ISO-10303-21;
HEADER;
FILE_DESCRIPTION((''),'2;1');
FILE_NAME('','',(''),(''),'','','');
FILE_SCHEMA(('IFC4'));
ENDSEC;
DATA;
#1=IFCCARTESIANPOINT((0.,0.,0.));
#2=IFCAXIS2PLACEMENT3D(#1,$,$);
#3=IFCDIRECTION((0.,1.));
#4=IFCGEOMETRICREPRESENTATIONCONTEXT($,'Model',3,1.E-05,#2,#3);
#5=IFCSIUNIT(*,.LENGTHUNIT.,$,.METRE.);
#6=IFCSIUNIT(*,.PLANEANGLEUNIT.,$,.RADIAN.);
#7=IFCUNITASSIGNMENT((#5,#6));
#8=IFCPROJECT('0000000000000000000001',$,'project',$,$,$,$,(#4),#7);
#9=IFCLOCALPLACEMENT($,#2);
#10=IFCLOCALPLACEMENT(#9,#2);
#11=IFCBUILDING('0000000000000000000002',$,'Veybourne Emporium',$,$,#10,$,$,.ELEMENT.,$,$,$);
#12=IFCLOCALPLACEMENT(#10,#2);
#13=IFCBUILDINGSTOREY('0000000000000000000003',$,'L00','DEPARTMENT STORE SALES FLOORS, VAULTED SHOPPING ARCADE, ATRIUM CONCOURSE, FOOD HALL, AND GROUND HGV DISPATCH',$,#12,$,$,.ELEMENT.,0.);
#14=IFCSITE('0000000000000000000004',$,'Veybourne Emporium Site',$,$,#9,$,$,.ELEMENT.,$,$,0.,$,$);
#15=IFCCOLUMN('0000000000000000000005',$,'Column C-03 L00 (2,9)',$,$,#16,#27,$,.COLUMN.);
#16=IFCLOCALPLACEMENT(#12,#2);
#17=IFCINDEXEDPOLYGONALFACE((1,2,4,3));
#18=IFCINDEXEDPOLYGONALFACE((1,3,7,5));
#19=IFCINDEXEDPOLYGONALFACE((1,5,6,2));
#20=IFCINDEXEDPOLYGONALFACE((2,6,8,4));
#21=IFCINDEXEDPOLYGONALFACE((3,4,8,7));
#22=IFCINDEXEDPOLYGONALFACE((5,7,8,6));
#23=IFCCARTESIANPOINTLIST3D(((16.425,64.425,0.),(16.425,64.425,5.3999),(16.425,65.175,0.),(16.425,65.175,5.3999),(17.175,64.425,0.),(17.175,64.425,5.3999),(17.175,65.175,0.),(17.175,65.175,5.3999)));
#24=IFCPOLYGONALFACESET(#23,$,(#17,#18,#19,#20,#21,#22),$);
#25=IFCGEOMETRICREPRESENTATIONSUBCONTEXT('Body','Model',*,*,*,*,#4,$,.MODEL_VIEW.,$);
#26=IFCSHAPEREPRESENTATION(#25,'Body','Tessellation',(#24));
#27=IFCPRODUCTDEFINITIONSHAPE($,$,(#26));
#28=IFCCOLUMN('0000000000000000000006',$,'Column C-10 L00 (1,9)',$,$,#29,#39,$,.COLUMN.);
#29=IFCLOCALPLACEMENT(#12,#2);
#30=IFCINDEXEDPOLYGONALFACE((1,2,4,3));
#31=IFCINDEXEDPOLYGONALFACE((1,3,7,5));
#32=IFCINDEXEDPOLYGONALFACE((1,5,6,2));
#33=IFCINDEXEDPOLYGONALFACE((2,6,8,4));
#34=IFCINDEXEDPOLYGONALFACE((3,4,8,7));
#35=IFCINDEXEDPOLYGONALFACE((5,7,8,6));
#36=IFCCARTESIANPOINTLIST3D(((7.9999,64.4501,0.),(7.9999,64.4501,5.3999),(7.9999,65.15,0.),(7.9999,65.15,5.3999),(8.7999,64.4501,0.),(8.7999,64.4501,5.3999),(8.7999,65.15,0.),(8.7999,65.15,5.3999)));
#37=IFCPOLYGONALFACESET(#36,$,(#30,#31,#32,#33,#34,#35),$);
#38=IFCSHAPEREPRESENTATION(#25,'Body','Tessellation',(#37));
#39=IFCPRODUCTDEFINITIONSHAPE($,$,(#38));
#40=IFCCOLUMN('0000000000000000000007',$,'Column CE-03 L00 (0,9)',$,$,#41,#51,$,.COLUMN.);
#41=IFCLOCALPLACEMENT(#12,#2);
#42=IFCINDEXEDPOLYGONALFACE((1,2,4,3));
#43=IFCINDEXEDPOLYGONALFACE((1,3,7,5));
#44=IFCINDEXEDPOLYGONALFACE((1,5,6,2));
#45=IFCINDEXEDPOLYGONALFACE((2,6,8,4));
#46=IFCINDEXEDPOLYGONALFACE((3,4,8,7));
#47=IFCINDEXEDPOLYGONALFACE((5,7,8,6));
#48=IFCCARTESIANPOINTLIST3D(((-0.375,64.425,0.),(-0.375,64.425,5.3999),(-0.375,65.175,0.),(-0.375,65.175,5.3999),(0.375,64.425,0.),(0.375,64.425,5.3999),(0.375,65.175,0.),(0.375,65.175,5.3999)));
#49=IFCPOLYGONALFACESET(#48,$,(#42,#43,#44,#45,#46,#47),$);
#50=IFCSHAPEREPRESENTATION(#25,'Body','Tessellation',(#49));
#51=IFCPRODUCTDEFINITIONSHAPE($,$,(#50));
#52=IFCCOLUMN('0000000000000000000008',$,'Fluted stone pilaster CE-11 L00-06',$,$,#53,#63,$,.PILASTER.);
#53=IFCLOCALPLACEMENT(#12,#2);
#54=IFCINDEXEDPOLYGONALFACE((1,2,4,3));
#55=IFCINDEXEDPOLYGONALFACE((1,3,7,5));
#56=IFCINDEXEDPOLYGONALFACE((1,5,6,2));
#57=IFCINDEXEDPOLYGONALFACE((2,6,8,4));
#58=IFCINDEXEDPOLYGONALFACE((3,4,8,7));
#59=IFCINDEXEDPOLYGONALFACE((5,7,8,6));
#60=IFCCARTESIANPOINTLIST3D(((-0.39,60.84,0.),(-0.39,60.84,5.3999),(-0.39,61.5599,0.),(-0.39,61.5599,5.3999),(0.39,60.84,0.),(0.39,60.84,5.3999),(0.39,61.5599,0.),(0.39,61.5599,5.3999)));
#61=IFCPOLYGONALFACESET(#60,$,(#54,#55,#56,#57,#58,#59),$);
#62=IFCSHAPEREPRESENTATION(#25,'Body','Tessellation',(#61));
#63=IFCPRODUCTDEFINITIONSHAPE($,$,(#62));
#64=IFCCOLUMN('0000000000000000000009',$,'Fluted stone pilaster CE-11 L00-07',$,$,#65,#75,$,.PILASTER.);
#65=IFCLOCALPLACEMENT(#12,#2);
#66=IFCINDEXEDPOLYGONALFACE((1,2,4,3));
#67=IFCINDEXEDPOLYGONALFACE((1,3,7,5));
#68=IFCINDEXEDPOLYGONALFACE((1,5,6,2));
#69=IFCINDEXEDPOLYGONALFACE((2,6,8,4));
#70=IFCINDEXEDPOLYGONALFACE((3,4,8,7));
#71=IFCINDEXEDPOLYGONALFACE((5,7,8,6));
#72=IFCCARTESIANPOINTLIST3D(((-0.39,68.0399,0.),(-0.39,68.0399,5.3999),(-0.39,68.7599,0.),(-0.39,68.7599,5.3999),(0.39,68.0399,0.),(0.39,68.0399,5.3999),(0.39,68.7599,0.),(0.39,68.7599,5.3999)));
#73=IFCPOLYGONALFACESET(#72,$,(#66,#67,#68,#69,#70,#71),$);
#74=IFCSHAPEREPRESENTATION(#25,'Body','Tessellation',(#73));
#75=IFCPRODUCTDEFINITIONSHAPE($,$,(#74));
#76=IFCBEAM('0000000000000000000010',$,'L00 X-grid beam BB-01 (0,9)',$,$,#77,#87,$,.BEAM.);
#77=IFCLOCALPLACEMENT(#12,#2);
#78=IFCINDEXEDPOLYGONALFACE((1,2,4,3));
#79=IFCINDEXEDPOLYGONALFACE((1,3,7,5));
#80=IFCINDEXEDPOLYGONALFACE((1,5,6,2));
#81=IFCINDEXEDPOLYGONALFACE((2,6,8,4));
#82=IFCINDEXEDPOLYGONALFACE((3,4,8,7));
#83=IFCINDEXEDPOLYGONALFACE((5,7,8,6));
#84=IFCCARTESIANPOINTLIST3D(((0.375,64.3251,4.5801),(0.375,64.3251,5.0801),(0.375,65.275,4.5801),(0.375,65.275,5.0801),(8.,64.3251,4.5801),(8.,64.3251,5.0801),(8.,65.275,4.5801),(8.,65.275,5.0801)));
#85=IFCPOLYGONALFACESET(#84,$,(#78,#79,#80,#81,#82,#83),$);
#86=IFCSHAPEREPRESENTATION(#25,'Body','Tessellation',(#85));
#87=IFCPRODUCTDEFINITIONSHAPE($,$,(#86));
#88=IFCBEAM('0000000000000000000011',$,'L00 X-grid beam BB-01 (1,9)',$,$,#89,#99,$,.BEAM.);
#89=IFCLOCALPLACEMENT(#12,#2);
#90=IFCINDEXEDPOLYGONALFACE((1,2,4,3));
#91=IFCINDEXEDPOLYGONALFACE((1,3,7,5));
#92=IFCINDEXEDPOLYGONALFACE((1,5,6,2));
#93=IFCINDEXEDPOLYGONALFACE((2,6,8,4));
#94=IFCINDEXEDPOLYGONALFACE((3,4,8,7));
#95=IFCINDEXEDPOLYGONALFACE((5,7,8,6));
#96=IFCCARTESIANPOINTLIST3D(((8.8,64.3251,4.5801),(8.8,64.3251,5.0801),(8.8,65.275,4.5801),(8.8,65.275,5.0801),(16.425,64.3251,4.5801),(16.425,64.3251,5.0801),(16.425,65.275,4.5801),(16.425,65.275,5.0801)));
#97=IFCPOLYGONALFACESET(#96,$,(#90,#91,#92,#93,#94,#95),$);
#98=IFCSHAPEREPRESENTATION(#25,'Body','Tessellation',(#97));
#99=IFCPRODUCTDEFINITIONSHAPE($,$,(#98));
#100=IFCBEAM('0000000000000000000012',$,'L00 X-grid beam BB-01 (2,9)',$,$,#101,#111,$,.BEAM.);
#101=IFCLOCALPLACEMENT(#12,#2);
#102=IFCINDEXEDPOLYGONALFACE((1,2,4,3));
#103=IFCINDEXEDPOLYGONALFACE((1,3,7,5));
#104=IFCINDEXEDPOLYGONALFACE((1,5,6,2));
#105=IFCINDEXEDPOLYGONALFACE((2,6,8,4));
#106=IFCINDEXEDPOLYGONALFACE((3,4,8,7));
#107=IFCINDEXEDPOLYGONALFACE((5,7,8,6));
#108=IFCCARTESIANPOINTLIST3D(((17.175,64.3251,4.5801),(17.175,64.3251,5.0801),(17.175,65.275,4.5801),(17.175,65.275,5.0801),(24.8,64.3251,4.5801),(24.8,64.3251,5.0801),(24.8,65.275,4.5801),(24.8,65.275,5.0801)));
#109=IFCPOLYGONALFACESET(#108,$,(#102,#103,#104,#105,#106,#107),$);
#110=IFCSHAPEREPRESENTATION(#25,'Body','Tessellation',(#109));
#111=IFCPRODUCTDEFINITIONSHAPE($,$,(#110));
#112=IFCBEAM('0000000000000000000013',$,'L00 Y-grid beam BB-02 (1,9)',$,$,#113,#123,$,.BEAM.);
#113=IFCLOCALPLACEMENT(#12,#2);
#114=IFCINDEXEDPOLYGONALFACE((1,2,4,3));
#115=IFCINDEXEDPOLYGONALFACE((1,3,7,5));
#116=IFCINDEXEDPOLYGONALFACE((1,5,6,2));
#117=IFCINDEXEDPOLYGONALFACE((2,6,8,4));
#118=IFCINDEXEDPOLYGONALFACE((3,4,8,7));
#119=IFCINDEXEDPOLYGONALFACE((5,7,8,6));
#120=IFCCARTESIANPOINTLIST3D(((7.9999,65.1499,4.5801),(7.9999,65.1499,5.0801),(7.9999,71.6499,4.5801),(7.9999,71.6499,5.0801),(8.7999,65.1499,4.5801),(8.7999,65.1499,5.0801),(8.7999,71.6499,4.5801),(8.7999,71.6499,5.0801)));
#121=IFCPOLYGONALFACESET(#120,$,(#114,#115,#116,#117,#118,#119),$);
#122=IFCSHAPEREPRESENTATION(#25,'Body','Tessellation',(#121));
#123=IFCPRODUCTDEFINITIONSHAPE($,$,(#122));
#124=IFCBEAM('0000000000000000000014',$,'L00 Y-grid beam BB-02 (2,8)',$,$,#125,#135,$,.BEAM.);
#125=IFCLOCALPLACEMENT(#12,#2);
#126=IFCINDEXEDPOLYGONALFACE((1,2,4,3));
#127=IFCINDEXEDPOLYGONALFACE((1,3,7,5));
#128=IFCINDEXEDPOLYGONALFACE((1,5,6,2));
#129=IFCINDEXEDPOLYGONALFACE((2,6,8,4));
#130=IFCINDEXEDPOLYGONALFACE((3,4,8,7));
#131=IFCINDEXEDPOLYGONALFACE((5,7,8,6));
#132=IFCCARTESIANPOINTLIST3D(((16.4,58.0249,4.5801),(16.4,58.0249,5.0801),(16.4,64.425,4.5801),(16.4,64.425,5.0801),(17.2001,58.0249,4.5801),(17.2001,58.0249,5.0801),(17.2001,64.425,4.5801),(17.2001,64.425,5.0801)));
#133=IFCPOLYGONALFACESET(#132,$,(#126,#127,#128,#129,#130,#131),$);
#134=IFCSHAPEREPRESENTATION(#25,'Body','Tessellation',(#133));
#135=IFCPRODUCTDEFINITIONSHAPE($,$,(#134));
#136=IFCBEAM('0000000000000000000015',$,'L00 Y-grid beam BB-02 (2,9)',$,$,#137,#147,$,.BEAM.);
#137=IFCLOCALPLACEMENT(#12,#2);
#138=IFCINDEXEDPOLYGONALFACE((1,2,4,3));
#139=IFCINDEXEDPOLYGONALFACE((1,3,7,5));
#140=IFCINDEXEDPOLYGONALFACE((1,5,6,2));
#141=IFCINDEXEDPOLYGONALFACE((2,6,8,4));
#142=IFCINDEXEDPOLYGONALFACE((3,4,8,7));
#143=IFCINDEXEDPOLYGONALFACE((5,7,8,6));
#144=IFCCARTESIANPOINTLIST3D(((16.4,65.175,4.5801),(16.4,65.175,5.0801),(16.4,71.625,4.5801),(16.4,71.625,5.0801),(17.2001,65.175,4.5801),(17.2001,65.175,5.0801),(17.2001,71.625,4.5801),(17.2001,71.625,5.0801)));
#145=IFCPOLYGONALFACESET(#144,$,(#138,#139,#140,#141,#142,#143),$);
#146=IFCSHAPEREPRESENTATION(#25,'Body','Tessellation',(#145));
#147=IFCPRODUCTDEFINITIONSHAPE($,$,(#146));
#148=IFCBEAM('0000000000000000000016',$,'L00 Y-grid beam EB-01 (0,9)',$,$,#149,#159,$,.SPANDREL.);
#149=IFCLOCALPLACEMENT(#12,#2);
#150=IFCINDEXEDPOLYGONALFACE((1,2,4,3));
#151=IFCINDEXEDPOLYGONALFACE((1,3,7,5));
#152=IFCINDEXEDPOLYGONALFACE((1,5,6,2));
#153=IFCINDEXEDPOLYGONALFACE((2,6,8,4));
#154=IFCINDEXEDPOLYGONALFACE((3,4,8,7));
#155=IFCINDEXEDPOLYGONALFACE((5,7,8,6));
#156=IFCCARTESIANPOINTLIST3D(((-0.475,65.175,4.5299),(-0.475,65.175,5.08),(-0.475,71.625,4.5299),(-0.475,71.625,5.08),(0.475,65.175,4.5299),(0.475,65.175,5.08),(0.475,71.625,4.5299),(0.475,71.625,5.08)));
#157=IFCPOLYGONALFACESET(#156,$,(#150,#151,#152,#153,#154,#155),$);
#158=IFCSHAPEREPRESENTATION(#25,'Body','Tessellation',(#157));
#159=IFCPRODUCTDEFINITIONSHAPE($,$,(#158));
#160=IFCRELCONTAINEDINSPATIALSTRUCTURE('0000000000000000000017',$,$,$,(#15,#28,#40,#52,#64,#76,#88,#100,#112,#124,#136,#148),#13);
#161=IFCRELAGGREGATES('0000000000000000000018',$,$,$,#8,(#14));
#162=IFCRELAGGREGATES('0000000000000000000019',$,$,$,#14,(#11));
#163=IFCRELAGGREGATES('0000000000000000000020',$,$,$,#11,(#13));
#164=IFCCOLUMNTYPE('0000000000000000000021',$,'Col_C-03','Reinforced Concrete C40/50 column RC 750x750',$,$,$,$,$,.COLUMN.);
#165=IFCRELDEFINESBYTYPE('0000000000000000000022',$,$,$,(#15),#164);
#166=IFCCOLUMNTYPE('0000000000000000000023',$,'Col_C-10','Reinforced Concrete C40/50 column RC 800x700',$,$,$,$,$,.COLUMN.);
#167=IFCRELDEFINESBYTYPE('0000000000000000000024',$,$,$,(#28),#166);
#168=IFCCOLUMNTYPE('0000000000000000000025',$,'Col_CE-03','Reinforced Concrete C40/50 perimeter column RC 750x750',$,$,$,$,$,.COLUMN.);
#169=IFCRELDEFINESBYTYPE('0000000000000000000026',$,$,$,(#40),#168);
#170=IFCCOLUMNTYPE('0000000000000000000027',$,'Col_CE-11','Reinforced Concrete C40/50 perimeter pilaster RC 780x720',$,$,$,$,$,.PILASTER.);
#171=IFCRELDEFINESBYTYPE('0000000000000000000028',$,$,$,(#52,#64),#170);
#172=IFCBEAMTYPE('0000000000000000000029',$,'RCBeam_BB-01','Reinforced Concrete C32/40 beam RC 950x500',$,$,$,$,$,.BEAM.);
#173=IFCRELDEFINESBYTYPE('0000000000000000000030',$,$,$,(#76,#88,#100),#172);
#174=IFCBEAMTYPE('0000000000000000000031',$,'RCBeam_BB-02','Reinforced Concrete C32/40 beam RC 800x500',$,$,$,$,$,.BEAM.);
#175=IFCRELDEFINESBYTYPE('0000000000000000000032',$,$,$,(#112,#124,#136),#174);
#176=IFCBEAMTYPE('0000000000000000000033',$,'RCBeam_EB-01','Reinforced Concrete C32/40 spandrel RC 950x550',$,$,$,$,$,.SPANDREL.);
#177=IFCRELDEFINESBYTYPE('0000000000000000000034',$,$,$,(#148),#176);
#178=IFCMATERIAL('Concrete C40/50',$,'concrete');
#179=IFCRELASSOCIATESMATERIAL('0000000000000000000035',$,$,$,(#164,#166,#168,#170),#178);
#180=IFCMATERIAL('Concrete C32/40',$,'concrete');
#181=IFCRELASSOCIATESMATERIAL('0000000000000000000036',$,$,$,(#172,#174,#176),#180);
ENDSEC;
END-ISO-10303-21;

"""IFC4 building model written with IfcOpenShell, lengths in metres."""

from ifc_helpers import new_model, si_unit, direction, frame, origin, origin_2d, place, context, subcontext, project, spatial, rectangle, extrude, material, material_profile, profile_set, type_object, element, save


model = new_model("IFC4")

# Units and contexts
model_context = context("Model", 3, precision=1e-05, world=origin(), true_north=direction((0.0, 1.0)))
body_context = subcontext(model_context, "Body", "Model", "MODEL_VIEW")
ifc_project = project(units=[si_unit("LENGTHUNIT", "METRE"), si_unit("PLANEANGLEUNIT", "RADIAN")], contexts=[model_context])

# Site, building, storey
site_placement = place(None, origin())
site = spatial("IfcSite", under=ifc_project, at=site_placement, Name="Veybourne Emporium Site", CompositionType="ELEMENT", RefElevation=0.0)
building_placement = place(site_placement, origin())
building = spatial("IfcBuilding", under=site, at=building_placement, Name="Veybourne Emporium", CompositionType="ELEMENT")
storey_placement = place(building_placement, origin())
storey = spatial("IfcBuildingStorey", under=building, at=storey_placement, Name="L00", Description="DEPARTMENT STORE SALES FLOORS, VAULTED SHOPPING ARCADE, ATRIUM CONCOURSE, FOOD HALL, AND GROUND HGV DISPATCH", CompositionType="ELEMENT", Elevation=0.0)

# Columns
ifc_material_1 = material(Name="Concrete C40/50", Category="concrete")
ifc_material_profile_1 = material_profile(ifc_material_1, rectangle(XDim=0.75, YDim=0.75, at=origin_2d()), Name="RC 750x750")
ifc_profile_set_1 = profile_set([ifc_material_profile_1], Name="Concrete C40/50")
column_type_1 = type_object("IfcColumnType", Name="Col_C-03", Description="Reinforced Concrete C40/50 column RC 750x750", PredefinedType="COLUMN", material=ifc_profile_set_1)
column_1_placement = place(storey_placement, frame((16.8, 64.8, 0.0), z_axis=(0.0, 0.0, 1.0), x_axis=(1.0, 0.0, 0.0)))
element("IfcColumn", 1, at=column_1_placement, inside=storey, type_object=column_type_1, Name="Column C-03 L00 (2,9)", PredefinedType="COLUMN", context=body_context, shape_type="SweptSolid", body=[
    extrude(rectangle(XDim=0.75, YDim=0.75, at=origin_2d()), origin(), (0.0, 0.0, 1.0), 5.3999),
])
ifc_material_profile_2 = material_profile(ifc_material_1, rectangle(XDim=0.8, YDim=0.7, at=origin_2d()), Name="RC 800x700")
ifc_profile_set_2 = profile_set([ifc_material_profile_2], Name="Concrete C40/50")
column_type_2 = type_object("IfcColumnType", Name="Col_C-10", Description="Reinforced Concrete C40/50 column RC 800x700", PredefinedType="COLUMN", material=ifc_profile_set_2)
column_2_placement = place(storey_placement, frame((8.3999, 64.8, 0.0), z_axis=(0.0, 0.0, 1.0), x_axis=(1.0, 0.0, 0.0)))
element("IfcColumn", 2, at=column_2_placement, inside=storey, type_object=column_type_2, Name="Column C-10 L00 (1,9)", PredefinedType="COLUMN", context=body_context, shape_type="SweptSolid", body=[
    extrude(rectangle(XDim=0.8, YDim=0.7, at=origin_2d()), origin(), (0.0, 0.0, 1.0), 5.3999),
])
ifc_material_profile_3 = material_profile(ifc_material_1, rectangle(XDim=0.75, YDim=0.75, at=origin_2d()), Name="RC 750x750")
ifc_profile_set_3 = profile_set([ifc_material_profile_3], Name="Concrete C40/50")
column_type_3 = type_object("IfcColumnType", Name="Col_CE-03", Description="Reinforced Concrete C40/50 perimeter column RC 750x750", PredefinedType="COLUMN", material=ifc_profile_set_3)
column_3_placement = place(storey_placement, frame((0.0, 64.8, 0.0), z_axis=(0.0, 0.0, 1.0), x_axis=(1.0, 0.0, 0.0)))
element("IfcColumn", 3, at=column_3_placement, inside=storey, type_object=column_type_3, Name="Column CE-03 L00 (0,9)", PredefinedType="COLUMN", context=body_context, shape_type="SweptSolid", body=[
    extrude(rectangle(XDim=0.75, YDim=0.75, at=origin_2d()), origin(), (0.0, 0.0, 1.0), 5.3999),
])
ifc_material_profile_4 = material_profile(ifc_material_1, rectangle(XDim=0.78, YDim=0.72, at=origin_2d()), Name="RC 780x720")
ifc_profile_set_4 = profile_set([ifc_material_profile_4], Name="Concrete C40/50")
column_type_4 = type_object("IfcColumnType", Name="Col_CE-11", Description="Reinforced Concrete C40/50 perimeter pilaster RC 780x720", PredefinedType="PILASTER", material=ifc_profile_set_4)
for number, where, z_axis, x_axis, name in (
    (4, (0.0, 61.2, 0.0), (0.0, 0.0, 1.0), (1.0, 0.0, 0.0), "Fluted stone pilaster CE-11 L00-06"),
    (5, (0.0, 68.3999, 0.0), (0.0, 0.0, 1.0), (1.0, 0.0, 0.0), "Fluted stone pilaster CE-11 L00-07"),
):
    element("IfcColumn", number, at=place(storey_placement, frame(where, z_axis=z_axis, x_axis=x_axis)), inside=storey, type_object=column_type_4, Name=name, PredefinedType="PILASTER", context=body_context, shape_type="SweptSolid", body=[
        extrude(rectangle(XDim=0.78, YDim=0.72, at=origin_2d()), origin(), (0.0, 0.0, 1.0), 5.3999),
    ])

# Beams
ifc_material_2 = material(Name="Concrete C32/40", Category="concrete")
ifc_material_profile_5 = material_profile(ifc_material_2, rectangle(XDim=0.95, YDim=0.5, at=origin_2d()), Name="RC 950x500")
ifc_profile_set_5 = profile_set([ifc_material_profile_5], Name="Concrete C32/40")
beam_type_1 = type_object("IfcBeamType", Name="RCBeam_BB-01", Description="Reinforced Concrete C32/40 beam RC 950x500", PredefinedType="BEAM", material=ifc_profile_set_5)
for number, where, z_axis, x_axis, name in (
    (6, (0.375, 64.8, 4.8301), (1.0, 0.0, 0.0), (0.0, 1.0, 0.0), "L00 X-grid beam BB-01 (0,9)"),
    (7, (8.8, 64.8, 4.8301), (1.0, 0.0, 0.0), (0.0, 1.0, 0.0), "L00 X-grid beam BB-01 (1,9)"),
    (8, (17.175, 64.8, 4.8301), (1.0, 0.0, 0.0), (0.0, 1.0, 0.0), "L00 X-grid beam BB-01 (2,9)"),
):
    element("IfcBeam", number, at=place(storey_placement, frame(where, z_axis=z_axis, x_axis=x_axis)), inside=storey, type_object=beam_type_1, Name=name, PredefinedType="BEAM", context=body_context, shape_type="SweptSolid", body=[
        extrude(rectangle(XDim=0.95, YDim=0.5, at=origin_2d()), origin(), (0.0, 0.0, 1.0), 7.625),
    ])
ifc_material_profile_6 = material_profile(ifc_material_2, rectangle(XDim=0.8, YDim=0.5, at=origin_2d()), Name="RC 800x500")
ifc_profile_set_6 = profile_set([ifc_material_profile_6], Name="Concrete C32/40")
beam_type_2 = type_object("IfcBeamType", Name="RCBeam_BB-02", Description="Reinforced Concrete C32/40 beam RC 800x500", PredefinedType="BEAM", material=ifc_profile_set_6)
beam_1_placement = place(storey_placement, frame((8.3999, 65.1499, 4.8301), z_axis=(0.0, 1.0, 0.0), x_axis=(-1.0, 0.0, 0.0)))
element("IfcBeam", 9, at=beam_1_placement, inside=storey, type_object=beam_type_2, Name="L00 Y-grid beam BB-02 (1,9)", PredefinedType="BEAM", context=body_context, shape_type="SweptSolid", body=[
    extrude(rectangle(XDim=0.8, YDim=0.5, at=origin_2d()), origin(), (0.0, 0.0, 1.0), 6.5),
])
beam_2_placement = place(storey_placement, frame((16.8, 58.0249, 4.8301), z_axis=(0.0, 1.0, 0.0), x_axis=(-1.0, 0.0, 0.0)))
element("IfcBeam", 10, at=beam_2_placement, inside=storey, type_object=beam_type_2, Name="L00 Y-grid beam BB-02 (2,8)", PredefinedType="BEAM", context=body_context, shape_type="SweptSolid", body=[
    extrude(rectangle(XDim=0.8, YDim=0.5, at=origin_2d()), origin(), (0.0, 0.0, 1.0), 6.4001),
])
beam_3_placement = place(storey_placement, frame((16.8, 65.175, 4.8301), z_axis=(0.0, 1.0, 0.0), x_axis=(-1.0, 0.0, 0.0)))
element("IfcBeam", 11, at=beam_3_placement, inside=storey, type_object=beam_type_2, Name="L00 Y-grid beam BB-02 (2,9)", PredefinedType="BEAM", context=body_context, shape_type="SweptSolid", body=[
    extrude(rectangle(XDim=0.8, YDim=0.5, at=origin_2d()), origin(), (0.0, 0.0, 1.0), 6.45),
])
ifc_material_profile_7 = material_profile(ifc_material_2, rectangle(XDim=0.95, YDim=0.55, at=origin_2d()), Name="RC 950x550")
ifc_profile_set_7 = profile_set([ifc_material_profile_7], Name="Concrete C32/40")
beam_type_3 = type_object("IfcBeamType", Name="RCBeam_EB-01", Description="Reinforced Concrete C32/40 spandrel RC 950x550", PredefinedType="SPANDREL", material=ifc_profile_set_7)
beam_4_placement = place(storey_placement, frame((0.0, 65.175, 4.8049), z_axis=(0.0, 1.0, 0.0), x_axis=(-1.0, 0.0, 0.0)))
element("IfcBeam", 12, at=beam_4_placement, inside=storey, type_object=beam_type_3, Name="L00 Y-grid beam EB-01 (0,9)", PredefinedType="SPANDREL", context=body_context, shape_type="SweptSolid", body=[
    extrude(rectangle(XDim=0.95, YDim=0.55, at=origin_2d()), origin(), (0.0, 0.0, 1.0), 6.45),
])

save(model, "model.ifc")
